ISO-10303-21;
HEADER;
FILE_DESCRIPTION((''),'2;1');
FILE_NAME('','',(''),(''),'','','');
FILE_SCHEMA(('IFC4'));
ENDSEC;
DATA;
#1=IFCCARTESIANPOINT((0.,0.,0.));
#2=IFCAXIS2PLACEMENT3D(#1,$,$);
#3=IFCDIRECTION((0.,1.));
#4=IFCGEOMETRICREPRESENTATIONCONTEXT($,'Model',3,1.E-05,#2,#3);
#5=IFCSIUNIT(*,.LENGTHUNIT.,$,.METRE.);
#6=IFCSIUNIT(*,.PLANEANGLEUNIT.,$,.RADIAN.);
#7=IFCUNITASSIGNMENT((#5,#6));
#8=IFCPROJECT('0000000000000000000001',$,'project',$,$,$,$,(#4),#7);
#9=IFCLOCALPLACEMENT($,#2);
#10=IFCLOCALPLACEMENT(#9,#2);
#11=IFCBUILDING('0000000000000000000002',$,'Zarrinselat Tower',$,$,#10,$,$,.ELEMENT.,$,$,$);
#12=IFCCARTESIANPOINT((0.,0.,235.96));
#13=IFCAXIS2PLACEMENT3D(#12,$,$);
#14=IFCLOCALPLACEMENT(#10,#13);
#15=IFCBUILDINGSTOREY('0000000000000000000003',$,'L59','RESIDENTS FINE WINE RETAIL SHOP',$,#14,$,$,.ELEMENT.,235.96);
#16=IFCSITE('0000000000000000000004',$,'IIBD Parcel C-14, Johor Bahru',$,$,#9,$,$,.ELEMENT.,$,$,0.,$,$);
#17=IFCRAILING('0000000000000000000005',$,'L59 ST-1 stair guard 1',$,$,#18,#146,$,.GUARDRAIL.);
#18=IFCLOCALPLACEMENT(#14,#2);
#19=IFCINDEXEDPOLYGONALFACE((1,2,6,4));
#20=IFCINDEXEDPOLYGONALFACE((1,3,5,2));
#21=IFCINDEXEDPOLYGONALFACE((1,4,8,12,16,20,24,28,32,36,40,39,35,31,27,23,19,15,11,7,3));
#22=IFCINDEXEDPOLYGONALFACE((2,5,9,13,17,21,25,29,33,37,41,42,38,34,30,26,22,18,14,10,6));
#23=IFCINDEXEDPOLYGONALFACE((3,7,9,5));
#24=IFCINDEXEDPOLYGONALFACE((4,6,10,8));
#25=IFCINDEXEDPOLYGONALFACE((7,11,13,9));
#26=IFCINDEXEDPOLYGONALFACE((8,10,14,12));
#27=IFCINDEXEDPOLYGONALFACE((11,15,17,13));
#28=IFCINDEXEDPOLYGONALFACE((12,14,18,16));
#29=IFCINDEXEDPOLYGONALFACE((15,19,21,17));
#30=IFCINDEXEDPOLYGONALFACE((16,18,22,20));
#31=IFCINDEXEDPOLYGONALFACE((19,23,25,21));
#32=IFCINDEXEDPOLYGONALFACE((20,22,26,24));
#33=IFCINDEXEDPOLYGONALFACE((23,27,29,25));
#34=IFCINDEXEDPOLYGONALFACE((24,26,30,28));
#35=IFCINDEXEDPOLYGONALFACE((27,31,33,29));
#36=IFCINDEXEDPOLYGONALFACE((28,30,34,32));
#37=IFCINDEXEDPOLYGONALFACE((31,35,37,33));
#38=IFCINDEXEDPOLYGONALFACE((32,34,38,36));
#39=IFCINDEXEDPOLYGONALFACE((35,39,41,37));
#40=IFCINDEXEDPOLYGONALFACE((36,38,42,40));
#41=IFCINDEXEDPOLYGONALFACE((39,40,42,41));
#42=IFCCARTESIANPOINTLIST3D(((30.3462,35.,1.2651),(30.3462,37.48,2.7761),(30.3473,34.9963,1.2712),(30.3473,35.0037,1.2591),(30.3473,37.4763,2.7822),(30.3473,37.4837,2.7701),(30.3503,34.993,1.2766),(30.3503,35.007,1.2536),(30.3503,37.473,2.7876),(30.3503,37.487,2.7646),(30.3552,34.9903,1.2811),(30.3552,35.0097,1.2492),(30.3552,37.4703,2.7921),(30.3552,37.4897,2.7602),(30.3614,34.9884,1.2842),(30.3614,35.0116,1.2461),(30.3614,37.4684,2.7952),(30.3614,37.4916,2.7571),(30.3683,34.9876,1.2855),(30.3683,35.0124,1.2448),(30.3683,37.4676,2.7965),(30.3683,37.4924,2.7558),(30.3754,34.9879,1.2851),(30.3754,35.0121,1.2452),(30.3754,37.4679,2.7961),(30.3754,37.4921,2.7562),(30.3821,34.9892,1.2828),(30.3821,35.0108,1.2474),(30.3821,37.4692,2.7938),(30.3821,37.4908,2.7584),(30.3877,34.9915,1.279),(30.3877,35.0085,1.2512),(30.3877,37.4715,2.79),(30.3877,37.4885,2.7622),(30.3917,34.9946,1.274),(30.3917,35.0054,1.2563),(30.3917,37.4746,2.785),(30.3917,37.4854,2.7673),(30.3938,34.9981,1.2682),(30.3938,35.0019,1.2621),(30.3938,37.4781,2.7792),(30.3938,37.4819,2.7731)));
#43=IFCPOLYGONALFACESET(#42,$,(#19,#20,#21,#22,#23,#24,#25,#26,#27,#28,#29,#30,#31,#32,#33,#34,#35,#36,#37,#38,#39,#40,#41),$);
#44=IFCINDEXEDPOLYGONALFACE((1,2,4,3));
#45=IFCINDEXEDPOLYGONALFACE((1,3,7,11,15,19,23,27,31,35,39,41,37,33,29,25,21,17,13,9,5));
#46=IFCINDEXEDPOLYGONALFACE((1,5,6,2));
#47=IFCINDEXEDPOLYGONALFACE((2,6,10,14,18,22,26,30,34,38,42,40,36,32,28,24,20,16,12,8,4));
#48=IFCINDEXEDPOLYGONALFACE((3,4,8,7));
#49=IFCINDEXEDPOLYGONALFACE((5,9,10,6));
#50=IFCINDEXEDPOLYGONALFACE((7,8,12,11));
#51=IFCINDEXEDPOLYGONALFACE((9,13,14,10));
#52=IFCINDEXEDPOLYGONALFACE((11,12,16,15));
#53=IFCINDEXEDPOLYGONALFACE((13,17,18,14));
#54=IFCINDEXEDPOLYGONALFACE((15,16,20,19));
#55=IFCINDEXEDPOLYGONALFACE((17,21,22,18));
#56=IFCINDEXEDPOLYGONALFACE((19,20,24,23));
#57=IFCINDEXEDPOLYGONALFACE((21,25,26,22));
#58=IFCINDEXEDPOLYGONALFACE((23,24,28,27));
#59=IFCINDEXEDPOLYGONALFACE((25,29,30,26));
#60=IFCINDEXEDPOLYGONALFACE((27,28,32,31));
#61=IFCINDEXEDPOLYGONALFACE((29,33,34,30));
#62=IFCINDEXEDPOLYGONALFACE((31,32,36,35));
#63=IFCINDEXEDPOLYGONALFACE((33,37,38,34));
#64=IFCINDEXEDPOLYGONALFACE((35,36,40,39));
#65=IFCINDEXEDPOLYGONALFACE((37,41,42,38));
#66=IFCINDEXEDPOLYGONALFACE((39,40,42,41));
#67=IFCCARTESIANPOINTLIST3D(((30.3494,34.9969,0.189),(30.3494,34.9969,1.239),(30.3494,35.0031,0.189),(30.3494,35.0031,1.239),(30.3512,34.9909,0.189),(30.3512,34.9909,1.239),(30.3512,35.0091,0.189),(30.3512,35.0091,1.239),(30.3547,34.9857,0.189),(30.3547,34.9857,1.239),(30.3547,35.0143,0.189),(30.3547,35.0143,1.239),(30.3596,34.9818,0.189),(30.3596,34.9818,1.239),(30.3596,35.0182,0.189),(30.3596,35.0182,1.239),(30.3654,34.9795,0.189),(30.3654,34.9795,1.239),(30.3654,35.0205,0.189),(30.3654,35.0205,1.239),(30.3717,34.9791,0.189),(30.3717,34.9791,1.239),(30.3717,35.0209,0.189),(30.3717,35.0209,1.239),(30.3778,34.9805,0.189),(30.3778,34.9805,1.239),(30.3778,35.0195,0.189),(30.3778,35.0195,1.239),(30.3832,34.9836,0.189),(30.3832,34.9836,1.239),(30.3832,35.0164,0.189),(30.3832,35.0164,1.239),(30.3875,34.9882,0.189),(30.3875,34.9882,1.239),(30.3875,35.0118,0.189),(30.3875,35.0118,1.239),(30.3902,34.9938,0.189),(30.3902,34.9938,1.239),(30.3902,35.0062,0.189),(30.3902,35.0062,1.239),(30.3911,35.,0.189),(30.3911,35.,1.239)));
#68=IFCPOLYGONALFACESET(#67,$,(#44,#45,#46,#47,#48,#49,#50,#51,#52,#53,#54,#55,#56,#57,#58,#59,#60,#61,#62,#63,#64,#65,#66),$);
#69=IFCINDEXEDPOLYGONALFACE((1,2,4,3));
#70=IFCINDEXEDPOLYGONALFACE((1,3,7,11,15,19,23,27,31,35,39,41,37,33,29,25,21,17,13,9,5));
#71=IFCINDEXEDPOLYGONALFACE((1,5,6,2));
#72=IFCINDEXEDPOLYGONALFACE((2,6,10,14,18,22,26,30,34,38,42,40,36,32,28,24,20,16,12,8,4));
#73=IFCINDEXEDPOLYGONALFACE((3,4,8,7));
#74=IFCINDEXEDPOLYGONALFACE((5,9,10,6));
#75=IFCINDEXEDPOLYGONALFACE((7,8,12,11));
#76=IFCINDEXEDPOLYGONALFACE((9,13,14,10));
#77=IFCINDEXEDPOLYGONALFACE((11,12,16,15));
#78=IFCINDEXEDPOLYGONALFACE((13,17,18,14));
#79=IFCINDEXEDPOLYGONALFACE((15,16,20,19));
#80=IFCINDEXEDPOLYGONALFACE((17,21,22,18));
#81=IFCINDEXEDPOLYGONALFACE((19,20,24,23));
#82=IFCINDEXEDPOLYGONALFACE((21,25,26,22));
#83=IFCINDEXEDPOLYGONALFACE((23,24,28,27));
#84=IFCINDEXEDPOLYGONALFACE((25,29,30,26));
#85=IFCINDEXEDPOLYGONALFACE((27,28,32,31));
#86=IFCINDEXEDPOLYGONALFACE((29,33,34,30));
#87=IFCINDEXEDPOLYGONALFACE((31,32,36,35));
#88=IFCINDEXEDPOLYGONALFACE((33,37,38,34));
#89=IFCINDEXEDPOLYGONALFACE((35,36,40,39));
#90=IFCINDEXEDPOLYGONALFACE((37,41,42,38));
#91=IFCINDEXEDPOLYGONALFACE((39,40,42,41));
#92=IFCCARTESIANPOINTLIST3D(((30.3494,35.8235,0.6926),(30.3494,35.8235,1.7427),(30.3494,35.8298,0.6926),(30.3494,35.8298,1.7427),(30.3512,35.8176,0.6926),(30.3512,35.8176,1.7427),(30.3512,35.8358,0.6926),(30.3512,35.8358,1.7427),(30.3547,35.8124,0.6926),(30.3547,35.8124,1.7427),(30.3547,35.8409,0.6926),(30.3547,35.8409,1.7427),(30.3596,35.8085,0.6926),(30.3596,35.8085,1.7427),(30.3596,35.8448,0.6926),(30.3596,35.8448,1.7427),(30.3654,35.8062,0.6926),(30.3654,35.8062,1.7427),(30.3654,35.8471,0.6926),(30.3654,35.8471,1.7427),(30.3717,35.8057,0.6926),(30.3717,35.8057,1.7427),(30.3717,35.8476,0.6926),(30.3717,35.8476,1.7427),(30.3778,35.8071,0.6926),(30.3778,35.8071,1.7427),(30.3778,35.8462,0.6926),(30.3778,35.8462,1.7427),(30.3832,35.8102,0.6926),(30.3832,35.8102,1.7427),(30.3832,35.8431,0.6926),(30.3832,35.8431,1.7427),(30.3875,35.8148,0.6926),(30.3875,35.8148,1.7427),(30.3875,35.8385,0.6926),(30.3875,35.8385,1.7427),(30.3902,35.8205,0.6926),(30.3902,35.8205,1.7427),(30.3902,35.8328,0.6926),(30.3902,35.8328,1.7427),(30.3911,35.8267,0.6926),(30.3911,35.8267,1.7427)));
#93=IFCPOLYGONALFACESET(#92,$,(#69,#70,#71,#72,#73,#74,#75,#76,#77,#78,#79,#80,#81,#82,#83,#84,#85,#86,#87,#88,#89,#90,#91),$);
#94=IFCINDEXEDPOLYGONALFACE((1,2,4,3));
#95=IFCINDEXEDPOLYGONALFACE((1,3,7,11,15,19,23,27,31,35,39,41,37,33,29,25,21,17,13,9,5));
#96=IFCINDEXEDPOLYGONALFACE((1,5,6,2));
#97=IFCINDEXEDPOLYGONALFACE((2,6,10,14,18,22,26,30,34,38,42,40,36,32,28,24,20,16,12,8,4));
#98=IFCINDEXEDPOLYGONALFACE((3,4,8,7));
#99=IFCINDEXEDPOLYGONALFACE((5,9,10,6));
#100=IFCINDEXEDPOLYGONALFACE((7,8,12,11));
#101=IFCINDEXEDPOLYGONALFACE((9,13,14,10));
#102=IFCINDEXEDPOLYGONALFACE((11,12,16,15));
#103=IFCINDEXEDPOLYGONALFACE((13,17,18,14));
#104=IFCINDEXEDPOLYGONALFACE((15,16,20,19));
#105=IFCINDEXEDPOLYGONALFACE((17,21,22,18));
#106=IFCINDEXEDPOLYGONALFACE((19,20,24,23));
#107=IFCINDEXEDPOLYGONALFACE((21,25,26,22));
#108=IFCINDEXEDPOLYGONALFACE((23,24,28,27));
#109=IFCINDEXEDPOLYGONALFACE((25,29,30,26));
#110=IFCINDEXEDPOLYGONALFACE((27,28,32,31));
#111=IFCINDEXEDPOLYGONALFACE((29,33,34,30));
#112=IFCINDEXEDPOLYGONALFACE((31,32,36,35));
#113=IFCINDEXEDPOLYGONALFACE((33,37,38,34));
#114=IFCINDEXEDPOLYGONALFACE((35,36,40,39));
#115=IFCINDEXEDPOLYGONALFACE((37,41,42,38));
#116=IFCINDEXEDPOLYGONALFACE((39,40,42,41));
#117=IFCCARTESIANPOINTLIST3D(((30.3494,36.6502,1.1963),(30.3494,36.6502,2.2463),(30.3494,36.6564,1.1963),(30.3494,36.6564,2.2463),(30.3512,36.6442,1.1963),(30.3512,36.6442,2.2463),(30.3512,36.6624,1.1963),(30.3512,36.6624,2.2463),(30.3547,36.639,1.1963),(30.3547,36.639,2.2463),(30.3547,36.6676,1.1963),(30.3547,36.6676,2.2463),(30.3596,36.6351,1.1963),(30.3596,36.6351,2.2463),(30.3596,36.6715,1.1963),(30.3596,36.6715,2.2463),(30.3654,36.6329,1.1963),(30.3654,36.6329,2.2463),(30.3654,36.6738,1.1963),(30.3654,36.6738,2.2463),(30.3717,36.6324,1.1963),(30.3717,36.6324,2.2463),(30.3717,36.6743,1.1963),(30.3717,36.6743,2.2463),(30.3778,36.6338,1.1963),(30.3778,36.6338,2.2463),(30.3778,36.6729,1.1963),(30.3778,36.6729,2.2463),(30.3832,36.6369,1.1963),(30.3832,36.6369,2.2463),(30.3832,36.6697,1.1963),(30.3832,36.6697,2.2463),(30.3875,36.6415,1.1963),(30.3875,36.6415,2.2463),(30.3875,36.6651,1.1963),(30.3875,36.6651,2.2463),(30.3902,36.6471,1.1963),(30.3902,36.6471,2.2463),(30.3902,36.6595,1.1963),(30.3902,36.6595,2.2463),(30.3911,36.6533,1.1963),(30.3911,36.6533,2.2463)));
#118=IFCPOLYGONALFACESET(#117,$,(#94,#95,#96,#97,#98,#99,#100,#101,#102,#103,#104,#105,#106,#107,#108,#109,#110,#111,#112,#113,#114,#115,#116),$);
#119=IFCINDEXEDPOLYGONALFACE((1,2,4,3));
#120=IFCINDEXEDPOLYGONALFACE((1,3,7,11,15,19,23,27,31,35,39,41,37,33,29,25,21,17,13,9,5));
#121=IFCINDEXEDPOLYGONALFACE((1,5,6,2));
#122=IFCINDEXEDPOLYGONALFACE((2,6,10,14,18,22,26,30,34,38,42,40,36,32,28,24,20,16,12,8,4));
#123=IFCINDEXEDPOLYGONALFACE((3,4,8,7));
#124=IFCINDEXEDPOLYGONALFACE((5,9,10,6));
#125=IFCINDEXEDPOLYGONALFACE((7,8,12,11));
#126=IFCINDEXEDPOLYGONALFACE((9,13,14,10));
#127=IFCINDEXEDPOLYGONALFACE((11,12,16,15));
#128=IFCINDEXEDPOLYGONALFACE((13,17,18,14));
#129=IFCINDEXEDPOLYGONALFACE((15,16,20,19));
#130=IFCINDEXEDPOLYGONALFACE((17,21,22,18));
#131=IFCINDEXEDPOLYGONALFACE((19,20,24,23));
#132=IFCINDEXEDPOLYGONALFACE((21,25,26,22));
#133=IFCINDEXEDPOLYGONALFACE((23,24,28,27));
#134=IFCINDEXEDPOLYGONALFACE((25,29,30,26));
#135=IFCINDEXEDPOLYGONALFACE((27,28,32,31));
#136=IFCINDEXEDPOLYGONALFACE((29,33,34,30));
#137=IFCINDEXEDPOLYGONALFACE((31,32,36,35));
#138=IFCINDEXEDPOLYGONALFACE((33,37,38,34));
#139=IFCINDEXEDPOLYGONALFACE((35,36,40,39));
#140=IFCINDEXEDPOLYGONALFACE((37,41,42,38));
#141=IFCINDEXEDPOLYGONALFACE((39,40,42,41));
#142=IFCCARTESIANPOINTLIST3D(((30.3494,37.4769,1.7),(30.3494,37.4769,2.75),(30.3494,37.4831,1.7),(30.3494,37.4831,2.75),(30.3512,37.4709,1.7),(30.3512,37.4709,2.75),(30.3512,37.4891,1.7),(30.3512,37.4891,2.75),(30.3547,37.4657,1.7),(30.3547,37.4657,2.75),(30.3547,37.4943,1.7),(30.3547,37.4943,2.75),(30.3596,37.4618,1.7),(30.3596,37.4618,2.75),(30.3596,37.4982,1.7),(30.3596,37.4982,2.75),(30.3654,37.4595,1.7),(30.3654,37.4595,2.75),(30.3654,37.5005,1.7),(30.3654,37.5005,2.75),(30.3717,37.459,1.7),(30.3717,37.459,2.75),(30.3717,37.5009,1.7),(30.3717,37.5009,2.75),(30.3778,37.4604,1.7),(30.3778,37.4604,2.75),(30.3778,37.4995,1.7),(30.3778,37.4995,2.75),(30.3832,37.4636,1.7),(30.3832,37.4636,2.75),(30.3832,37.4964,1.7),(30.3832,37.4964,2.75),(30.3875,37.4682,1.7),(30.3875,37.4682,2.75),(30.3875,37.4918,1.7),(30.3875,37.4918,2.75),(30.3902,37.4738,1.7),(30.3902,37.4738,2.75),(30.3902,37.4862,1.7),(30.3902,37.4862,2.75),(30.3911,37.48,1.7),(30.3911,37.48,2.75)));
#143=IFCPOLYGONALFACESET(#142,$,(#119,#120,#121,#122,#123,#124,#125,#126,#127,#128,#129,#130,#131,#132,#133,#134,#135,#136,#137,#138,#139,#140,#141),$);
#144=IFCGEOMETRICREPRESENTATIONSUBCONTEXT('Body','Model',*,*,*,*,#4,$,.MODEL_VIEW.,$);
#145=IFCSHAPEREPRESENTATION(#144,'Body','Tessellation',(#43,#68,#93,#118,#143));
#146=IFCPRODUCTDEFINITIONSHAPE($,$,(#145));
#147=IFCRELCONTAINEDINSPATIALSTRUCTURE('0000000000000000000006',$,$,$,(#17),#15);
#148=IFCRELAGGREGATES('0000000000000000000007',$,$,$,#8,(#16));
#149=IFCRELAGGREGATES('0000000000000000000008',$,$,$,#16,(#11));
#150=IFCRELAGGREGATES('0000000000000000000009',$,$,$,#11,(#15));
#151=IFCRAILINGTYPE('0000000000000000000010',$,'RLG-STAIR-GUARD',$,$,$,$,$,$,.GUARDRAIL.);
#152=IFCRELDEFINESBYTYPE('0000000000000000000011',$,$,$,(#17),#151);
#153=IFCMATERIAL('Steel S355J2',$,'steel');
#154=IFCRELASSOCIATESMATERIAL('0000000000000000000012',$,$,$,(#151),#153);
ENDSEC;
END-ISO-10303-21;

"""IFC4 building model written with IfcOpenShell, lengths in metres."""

from ifc_helpers import new_model, si_unit, direction, frame, origin, origin_2d, place, context, subcontext, project, spatial, circle, extrude, material, type_object, element, save


model = new_model("IFC4")

# Units and contexts
model_context = context("Model", 3, precision=1e-05, world=origin(), true_north=direction((0.0, 1.0)))
body_context = subcontext(model_context, "Body", "Model", "MODEL_VIEW")
ifc_project = project(units=[si_unit("LENGTHUNIT", "METRE"), si_unit("PLANEANGLEUNIT", "RADIAN")], contexts=[model_context])

# Site, building, storey
site_placement = place(None, origin())
site = spatial("IfcSite", under=ifc_project, at=site_placement, Name="IIBD Parcel C-14, Johor Bahru", CompositionType="ELEMENT", RefElevation=0.0)
building_placement = place(site_placement, origin())
building = spatial("IfcBuilding", under=site, at=building_placement, Name="Zarrinselat Tower", CompositionType="ELEMENT")
storey_placement = place(building_placement, frame((0.0, 0.0, 235.96)))
storey = spatial("IfcBuildingStorey", under=building, at=storey_placement, Name="L59", Description="RESIDENTS FINE WINE RETAIL SHOP", CompositionType="ELEMENT", Elevation=235.96)

# Railing
ifc_material_1 = material(Name="Steel S355J2", Category="steel")
railing_type_1 = type_object("IfcRailingType", Name="RLG-STAIR-GUARD", PredefinedType="GUARDRAIL", material=ifc_material_1)
railing_1_placement = place(storey_placement, frame((30.3701, 35.0, 0.189)))
element("IfcRailing", 1, at=railing_1_placement, inside=storey, type_object=railing_type_1, Name="L59 ST-1 stair guard 1", PredefinedType="GUARDRAIL", context=body_context, shape_type="SweptSolid", body=[
    extrude(circle(Radius=0.0239, at=origin_2d()), frame((0.0, 0.0, 1.0762), z_axis=(0.0, 0.853979, 0.520307), x_axis=(-1.0, 0.0, 0.0)), (0.0, 0.0, 1.0), 2.9041),
    extrude(circle(Radius=0.021, at=origin_2d()), origin(), (0.0, 0.0, 1.0), 1.05),
    extrude(circle(Radius=0.021, at=origin_2d()), frame((0.0, 0.8267, 0.5037)), (0.0, 0.0, 1.0), 1.05),
    extrude(circle(Radius=0.021, at=origin_2d()), frame((0.0, 1.6533, 1.0073)), (0.0, 0.0, 1.0), 1.05),
    extrude(circle(Radius=0.021, at=origin_2d()), frame((0.0, 2.48, 1.511)), (0.0, 0.0, 1.0), 1.05),
])

save(model, "model.ifc")
